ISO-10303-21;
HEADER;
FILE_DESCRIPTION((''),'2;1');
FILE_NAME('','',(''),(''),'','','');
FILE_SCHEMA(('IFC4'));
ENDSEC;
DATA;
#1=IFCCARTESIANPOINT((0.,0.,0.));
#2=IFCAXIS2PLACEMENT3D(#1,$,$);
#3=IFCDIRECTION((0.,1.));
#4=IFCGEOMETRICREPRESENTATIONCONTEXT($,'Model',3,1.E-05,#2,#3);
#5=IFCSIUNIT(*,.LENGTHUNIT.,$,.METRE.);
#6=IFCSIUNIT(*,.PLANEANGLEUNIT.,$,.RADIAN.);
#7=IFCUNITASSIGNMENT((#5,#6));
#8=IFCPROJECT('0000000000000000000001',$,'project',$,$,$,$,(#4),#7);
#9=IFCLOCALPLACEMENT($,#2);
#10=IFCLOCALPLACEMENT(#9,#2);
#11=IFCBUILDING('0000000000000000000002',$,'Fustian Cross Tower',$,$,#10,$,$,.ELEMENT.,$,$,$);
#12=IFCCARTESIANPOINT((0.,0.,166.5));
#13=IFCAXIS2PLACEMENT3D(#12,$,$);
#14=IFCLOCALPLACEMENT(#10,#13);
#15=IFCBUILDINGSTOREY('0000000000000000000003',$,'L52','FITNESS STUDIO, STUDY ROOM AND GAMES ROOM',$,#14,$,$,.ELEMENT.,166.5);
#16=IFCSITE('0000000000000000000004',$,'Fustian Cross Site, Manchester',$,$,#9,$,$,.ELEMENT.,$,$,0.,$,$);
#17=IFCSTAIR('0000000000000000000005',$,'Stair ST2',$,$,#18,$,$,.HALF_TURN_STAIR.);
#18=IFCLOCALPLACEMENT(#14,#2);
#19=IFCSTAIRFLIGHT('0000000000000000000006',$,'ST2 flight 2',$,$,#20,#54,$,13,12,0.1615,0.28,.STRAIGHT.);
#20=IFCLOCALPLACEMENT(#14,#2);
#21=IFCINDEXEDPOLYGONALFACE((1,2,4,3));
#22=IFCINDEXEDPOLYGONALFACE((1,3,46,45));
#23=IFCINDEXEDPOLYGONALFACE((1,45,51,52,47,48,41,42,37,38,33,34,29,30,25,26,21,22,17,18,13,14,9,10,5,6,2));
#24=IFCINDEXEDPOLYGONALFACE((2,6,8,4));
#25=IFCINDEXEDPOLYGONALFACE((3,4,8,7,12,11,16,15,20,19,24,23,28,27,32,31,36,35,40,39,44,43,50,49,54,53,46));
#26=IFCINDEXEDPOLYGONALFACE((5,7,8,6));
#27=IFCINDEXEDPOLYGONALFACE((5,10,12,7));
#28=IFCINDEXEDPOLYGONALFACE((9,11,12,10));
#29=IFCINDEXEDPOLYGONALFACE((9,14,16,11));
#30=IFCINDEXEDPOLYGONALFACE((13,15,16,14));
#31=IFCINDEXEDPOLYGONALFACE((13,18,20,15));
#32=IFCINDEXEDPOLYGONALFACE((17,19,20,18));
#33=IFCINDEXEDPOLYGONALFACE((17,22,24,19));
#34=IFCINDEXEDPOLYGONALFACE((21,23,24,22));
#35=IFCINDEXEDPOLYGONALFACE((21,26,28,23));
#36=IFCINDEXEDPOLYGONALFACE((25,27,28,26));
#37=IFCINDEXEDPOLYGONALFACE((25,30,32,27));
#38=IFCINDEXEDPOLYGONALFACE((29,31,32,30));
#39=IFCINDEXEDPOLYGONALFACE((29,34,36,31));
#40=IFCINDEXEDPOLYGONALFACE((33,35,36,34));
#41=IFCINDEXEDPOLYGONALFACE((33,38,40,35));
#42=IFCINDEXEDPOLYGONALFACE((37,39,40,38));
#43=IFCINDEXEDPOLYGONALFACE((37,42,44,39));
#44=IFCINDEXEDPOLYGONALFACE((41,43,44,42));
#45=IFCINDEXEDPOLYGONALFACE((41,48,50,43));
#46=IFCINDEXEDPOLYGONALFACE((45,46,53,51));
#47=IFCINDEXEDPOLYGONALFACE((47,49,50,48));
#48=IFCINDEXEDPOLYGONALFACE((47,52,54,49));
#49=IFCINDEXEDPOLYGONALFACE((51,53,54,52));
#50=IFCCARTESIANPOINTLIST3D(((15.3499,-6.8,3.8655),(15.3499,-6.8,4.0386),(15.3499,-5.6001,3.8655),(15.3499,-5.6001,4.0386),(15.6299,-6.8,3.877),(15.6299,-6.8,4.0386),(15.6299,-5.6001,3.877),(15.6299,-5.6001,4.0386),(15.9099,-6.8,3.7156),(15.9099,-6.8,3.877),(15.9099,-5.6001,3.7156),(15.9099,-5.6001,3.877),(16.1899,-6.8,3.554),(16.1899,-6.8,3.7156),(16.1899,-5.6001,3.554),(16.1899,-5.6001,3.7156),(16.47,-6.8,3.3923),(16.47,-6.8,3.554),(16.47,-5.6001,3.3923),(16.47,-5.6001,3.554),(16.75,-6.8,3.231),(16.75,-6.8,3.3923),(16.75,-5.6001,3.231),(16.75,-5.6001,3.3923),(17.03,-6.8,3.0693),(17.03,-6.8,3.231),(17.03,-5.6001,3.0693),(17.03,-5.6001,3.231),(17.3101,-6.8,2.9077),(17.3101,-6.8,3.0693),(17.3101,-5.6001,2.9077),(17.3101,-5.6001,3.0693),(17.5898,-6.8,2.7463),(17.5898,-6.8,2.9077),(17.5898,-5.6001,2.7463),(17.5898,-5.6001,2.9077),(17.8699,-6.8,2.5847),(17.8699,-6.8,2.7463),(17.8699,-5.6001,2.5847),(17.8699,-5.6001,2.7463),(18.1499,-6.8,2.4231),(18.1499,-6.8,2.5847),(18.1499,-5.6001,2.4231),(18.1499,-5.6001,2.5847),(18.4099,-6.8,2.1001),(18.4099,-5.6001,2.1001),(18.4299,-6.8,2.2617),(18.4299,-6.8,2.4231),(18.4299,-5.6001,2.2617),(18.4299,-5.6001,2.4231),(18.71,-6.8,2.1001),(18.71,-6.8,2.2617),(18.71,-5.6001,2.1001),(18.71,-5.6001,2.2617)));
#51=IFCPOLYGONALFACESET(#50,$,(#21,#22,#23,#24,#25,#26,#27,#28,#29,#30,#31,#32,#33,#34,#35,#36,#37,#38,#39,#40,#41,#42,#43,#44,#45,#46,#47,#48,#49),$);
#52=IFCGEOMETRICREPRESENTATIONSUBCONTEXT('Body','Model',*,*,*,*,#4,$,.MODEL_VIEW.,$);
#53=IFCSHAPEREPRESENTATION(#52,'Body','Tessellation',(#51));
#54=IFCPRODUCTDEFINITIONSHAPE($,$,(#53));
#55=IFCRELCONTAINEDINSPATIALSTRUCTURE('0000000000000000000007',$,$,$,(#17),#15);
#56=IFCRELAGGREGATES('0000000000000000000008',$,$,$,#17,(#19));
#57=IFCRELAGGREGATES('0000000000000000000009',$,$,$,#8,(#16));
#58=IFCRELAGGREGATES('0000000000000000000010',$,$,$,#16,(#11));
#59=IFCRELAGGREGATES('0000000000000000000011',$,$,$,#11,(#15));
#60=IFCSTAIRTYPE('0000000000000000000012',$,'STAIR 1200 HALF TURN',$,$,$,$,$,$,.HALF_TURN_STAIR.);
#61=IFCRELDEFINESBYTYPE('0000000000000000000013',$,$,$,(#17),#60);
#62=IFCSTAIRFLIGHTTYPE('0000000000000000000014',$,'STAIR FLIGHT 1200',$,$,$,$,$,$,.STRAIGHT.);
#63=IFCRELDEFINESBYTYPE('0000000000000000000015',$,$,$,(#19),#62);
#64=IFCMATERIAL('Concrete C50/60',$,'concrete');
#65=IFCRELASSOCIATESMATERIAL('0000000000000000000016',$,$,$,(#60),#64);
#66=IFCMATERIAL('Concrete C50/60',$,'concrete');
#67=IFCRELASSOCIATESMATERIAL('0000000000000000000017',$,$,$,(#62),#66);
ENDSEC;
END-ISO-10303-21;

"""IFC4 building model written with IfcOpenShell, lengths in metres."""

from ifc_helpers import new_model, si_unit, direction, frame, origin, place, context, subcontext, project, spatial, polyline, outline, extrude, material, type_object, element, aggregate, save


model = new_model("IFC4")

# Units and contexts
model_context = context("Model", 3, precision=1e-05, world=origin(), true_north=direction((0.0, 1.0)))
body_context = subcontext(model_context, "Body", "Model", "MODEL_VIEW")
ifc_project = project(units=[si_unit("LENGTHUNIT", "METRE"), si_unit("PLANEANGLEUNIT", "RADIAN")], contexts=[model_context])

# Site, building, storey
site_placement = place(None, origin())
site = spatial("IfcSite", under=ifc_project, at=site_placement, Name="Fustian Cross Site, Manchester", CompositionType="ELEMENT", RefElevation=0.0)
building_placement = place(site_placement, origin())
building = spatial("IfcBuilding", under=site, at=building_placement, Name="Fustian Cross Tower", CompositionType="ELEMENT")
storey_placement = place(building_placement, frame((0.0, 0.0, 166.5)))
storey = spatial("IfcBuildingStorey", under=building, at=storey_placement, Name="L52", Description="FITNESS STUDIO, STUDY ROOM AND GAMES ROOM", CompositionType="ELEMENT", Elevation=166.5)

# Stair, stair flight
ifc_material_1 = material(Name="Concrete C50/60", Category="concrete")
stair_type = type_object("IfcStairType", Name="STAIR 1200 HALF TURN", PredefinedType="HALF_TURN_STAIR", material=ifc_material_1)
stair_placement = place(storey_placement, origin())
stair = element("IfcStair", 1, at=stair_placement, inside=storey, type_object=stair_type, Name="Stair ST2", PredefinedType="HALF_TURN_STAIR")
ifc_material_2 = material(Name="Concrete C50/60", Category="concrete")
stair_flight_type = type_object("IfcStairFlightType", Name="STAIR FLIGHT 1200", PredefinedType="STRAIGHT", material=ifc_material_2)
stair_flight_1_placement = place(storey_placement, frame((18.71, -6.2, 2.1001), z_axis=(0.0, 0.0, 1.0), x_axis=(-1.0, 0.0, 0.0)))
stair_flight_1 = element("IfcStairFlight", 2, at=stair_flight_1_placement, type_object=stair_flight_type, Name="ST2 flight 2", NumberOfRisers=13, NumberOfTreads=12, PredefinedType="STRAIGHT", RiserHeight=0.1615, TreadLength=0.28, context=body_context, shape_type="SweptSolid", body=[
    extrude(outline(polyline([(0.0, 0.0), (0.0, 0.1616), (0.28, 0.1616), (0.28, 0.323), (0.5601, 0.323), (0.5601, 0.4846), (0.8401, 0.4846), (0.8401, 0.6462), (1.1201, 0.6462), (1.1201, 0.8076), (1.3999, 0.8076), (1.3999, 0.9692), (1.6799, 0.9692), (1.6799, 1.1309), (1.96, 1.1309), (1.96, 1.2922), (2.24, 1.2922), (2.24, 1.4539), (2.52, 1.4539), (2.52, 1.6155), (2.8, 1.6155), (2.8, 1.7769), (3.0801, 1.7769), (3.0801, 1.9385), (3.3601, 1.9385), (3.3601, 2.1001), (3.3601, 1.7654), (0.3, 0.0), (0.0, 0.0)])), frame((0.0, 0.6001, 0.0), z_axis=(0.0, -1.0, 0.0), x_axis=(1.0, 0.0, 0.0)), (0.0, 0.0, 1.0), 1.2),
])
aggregate(stair, [stair_flight_1])

save(model, "model.ifc")
